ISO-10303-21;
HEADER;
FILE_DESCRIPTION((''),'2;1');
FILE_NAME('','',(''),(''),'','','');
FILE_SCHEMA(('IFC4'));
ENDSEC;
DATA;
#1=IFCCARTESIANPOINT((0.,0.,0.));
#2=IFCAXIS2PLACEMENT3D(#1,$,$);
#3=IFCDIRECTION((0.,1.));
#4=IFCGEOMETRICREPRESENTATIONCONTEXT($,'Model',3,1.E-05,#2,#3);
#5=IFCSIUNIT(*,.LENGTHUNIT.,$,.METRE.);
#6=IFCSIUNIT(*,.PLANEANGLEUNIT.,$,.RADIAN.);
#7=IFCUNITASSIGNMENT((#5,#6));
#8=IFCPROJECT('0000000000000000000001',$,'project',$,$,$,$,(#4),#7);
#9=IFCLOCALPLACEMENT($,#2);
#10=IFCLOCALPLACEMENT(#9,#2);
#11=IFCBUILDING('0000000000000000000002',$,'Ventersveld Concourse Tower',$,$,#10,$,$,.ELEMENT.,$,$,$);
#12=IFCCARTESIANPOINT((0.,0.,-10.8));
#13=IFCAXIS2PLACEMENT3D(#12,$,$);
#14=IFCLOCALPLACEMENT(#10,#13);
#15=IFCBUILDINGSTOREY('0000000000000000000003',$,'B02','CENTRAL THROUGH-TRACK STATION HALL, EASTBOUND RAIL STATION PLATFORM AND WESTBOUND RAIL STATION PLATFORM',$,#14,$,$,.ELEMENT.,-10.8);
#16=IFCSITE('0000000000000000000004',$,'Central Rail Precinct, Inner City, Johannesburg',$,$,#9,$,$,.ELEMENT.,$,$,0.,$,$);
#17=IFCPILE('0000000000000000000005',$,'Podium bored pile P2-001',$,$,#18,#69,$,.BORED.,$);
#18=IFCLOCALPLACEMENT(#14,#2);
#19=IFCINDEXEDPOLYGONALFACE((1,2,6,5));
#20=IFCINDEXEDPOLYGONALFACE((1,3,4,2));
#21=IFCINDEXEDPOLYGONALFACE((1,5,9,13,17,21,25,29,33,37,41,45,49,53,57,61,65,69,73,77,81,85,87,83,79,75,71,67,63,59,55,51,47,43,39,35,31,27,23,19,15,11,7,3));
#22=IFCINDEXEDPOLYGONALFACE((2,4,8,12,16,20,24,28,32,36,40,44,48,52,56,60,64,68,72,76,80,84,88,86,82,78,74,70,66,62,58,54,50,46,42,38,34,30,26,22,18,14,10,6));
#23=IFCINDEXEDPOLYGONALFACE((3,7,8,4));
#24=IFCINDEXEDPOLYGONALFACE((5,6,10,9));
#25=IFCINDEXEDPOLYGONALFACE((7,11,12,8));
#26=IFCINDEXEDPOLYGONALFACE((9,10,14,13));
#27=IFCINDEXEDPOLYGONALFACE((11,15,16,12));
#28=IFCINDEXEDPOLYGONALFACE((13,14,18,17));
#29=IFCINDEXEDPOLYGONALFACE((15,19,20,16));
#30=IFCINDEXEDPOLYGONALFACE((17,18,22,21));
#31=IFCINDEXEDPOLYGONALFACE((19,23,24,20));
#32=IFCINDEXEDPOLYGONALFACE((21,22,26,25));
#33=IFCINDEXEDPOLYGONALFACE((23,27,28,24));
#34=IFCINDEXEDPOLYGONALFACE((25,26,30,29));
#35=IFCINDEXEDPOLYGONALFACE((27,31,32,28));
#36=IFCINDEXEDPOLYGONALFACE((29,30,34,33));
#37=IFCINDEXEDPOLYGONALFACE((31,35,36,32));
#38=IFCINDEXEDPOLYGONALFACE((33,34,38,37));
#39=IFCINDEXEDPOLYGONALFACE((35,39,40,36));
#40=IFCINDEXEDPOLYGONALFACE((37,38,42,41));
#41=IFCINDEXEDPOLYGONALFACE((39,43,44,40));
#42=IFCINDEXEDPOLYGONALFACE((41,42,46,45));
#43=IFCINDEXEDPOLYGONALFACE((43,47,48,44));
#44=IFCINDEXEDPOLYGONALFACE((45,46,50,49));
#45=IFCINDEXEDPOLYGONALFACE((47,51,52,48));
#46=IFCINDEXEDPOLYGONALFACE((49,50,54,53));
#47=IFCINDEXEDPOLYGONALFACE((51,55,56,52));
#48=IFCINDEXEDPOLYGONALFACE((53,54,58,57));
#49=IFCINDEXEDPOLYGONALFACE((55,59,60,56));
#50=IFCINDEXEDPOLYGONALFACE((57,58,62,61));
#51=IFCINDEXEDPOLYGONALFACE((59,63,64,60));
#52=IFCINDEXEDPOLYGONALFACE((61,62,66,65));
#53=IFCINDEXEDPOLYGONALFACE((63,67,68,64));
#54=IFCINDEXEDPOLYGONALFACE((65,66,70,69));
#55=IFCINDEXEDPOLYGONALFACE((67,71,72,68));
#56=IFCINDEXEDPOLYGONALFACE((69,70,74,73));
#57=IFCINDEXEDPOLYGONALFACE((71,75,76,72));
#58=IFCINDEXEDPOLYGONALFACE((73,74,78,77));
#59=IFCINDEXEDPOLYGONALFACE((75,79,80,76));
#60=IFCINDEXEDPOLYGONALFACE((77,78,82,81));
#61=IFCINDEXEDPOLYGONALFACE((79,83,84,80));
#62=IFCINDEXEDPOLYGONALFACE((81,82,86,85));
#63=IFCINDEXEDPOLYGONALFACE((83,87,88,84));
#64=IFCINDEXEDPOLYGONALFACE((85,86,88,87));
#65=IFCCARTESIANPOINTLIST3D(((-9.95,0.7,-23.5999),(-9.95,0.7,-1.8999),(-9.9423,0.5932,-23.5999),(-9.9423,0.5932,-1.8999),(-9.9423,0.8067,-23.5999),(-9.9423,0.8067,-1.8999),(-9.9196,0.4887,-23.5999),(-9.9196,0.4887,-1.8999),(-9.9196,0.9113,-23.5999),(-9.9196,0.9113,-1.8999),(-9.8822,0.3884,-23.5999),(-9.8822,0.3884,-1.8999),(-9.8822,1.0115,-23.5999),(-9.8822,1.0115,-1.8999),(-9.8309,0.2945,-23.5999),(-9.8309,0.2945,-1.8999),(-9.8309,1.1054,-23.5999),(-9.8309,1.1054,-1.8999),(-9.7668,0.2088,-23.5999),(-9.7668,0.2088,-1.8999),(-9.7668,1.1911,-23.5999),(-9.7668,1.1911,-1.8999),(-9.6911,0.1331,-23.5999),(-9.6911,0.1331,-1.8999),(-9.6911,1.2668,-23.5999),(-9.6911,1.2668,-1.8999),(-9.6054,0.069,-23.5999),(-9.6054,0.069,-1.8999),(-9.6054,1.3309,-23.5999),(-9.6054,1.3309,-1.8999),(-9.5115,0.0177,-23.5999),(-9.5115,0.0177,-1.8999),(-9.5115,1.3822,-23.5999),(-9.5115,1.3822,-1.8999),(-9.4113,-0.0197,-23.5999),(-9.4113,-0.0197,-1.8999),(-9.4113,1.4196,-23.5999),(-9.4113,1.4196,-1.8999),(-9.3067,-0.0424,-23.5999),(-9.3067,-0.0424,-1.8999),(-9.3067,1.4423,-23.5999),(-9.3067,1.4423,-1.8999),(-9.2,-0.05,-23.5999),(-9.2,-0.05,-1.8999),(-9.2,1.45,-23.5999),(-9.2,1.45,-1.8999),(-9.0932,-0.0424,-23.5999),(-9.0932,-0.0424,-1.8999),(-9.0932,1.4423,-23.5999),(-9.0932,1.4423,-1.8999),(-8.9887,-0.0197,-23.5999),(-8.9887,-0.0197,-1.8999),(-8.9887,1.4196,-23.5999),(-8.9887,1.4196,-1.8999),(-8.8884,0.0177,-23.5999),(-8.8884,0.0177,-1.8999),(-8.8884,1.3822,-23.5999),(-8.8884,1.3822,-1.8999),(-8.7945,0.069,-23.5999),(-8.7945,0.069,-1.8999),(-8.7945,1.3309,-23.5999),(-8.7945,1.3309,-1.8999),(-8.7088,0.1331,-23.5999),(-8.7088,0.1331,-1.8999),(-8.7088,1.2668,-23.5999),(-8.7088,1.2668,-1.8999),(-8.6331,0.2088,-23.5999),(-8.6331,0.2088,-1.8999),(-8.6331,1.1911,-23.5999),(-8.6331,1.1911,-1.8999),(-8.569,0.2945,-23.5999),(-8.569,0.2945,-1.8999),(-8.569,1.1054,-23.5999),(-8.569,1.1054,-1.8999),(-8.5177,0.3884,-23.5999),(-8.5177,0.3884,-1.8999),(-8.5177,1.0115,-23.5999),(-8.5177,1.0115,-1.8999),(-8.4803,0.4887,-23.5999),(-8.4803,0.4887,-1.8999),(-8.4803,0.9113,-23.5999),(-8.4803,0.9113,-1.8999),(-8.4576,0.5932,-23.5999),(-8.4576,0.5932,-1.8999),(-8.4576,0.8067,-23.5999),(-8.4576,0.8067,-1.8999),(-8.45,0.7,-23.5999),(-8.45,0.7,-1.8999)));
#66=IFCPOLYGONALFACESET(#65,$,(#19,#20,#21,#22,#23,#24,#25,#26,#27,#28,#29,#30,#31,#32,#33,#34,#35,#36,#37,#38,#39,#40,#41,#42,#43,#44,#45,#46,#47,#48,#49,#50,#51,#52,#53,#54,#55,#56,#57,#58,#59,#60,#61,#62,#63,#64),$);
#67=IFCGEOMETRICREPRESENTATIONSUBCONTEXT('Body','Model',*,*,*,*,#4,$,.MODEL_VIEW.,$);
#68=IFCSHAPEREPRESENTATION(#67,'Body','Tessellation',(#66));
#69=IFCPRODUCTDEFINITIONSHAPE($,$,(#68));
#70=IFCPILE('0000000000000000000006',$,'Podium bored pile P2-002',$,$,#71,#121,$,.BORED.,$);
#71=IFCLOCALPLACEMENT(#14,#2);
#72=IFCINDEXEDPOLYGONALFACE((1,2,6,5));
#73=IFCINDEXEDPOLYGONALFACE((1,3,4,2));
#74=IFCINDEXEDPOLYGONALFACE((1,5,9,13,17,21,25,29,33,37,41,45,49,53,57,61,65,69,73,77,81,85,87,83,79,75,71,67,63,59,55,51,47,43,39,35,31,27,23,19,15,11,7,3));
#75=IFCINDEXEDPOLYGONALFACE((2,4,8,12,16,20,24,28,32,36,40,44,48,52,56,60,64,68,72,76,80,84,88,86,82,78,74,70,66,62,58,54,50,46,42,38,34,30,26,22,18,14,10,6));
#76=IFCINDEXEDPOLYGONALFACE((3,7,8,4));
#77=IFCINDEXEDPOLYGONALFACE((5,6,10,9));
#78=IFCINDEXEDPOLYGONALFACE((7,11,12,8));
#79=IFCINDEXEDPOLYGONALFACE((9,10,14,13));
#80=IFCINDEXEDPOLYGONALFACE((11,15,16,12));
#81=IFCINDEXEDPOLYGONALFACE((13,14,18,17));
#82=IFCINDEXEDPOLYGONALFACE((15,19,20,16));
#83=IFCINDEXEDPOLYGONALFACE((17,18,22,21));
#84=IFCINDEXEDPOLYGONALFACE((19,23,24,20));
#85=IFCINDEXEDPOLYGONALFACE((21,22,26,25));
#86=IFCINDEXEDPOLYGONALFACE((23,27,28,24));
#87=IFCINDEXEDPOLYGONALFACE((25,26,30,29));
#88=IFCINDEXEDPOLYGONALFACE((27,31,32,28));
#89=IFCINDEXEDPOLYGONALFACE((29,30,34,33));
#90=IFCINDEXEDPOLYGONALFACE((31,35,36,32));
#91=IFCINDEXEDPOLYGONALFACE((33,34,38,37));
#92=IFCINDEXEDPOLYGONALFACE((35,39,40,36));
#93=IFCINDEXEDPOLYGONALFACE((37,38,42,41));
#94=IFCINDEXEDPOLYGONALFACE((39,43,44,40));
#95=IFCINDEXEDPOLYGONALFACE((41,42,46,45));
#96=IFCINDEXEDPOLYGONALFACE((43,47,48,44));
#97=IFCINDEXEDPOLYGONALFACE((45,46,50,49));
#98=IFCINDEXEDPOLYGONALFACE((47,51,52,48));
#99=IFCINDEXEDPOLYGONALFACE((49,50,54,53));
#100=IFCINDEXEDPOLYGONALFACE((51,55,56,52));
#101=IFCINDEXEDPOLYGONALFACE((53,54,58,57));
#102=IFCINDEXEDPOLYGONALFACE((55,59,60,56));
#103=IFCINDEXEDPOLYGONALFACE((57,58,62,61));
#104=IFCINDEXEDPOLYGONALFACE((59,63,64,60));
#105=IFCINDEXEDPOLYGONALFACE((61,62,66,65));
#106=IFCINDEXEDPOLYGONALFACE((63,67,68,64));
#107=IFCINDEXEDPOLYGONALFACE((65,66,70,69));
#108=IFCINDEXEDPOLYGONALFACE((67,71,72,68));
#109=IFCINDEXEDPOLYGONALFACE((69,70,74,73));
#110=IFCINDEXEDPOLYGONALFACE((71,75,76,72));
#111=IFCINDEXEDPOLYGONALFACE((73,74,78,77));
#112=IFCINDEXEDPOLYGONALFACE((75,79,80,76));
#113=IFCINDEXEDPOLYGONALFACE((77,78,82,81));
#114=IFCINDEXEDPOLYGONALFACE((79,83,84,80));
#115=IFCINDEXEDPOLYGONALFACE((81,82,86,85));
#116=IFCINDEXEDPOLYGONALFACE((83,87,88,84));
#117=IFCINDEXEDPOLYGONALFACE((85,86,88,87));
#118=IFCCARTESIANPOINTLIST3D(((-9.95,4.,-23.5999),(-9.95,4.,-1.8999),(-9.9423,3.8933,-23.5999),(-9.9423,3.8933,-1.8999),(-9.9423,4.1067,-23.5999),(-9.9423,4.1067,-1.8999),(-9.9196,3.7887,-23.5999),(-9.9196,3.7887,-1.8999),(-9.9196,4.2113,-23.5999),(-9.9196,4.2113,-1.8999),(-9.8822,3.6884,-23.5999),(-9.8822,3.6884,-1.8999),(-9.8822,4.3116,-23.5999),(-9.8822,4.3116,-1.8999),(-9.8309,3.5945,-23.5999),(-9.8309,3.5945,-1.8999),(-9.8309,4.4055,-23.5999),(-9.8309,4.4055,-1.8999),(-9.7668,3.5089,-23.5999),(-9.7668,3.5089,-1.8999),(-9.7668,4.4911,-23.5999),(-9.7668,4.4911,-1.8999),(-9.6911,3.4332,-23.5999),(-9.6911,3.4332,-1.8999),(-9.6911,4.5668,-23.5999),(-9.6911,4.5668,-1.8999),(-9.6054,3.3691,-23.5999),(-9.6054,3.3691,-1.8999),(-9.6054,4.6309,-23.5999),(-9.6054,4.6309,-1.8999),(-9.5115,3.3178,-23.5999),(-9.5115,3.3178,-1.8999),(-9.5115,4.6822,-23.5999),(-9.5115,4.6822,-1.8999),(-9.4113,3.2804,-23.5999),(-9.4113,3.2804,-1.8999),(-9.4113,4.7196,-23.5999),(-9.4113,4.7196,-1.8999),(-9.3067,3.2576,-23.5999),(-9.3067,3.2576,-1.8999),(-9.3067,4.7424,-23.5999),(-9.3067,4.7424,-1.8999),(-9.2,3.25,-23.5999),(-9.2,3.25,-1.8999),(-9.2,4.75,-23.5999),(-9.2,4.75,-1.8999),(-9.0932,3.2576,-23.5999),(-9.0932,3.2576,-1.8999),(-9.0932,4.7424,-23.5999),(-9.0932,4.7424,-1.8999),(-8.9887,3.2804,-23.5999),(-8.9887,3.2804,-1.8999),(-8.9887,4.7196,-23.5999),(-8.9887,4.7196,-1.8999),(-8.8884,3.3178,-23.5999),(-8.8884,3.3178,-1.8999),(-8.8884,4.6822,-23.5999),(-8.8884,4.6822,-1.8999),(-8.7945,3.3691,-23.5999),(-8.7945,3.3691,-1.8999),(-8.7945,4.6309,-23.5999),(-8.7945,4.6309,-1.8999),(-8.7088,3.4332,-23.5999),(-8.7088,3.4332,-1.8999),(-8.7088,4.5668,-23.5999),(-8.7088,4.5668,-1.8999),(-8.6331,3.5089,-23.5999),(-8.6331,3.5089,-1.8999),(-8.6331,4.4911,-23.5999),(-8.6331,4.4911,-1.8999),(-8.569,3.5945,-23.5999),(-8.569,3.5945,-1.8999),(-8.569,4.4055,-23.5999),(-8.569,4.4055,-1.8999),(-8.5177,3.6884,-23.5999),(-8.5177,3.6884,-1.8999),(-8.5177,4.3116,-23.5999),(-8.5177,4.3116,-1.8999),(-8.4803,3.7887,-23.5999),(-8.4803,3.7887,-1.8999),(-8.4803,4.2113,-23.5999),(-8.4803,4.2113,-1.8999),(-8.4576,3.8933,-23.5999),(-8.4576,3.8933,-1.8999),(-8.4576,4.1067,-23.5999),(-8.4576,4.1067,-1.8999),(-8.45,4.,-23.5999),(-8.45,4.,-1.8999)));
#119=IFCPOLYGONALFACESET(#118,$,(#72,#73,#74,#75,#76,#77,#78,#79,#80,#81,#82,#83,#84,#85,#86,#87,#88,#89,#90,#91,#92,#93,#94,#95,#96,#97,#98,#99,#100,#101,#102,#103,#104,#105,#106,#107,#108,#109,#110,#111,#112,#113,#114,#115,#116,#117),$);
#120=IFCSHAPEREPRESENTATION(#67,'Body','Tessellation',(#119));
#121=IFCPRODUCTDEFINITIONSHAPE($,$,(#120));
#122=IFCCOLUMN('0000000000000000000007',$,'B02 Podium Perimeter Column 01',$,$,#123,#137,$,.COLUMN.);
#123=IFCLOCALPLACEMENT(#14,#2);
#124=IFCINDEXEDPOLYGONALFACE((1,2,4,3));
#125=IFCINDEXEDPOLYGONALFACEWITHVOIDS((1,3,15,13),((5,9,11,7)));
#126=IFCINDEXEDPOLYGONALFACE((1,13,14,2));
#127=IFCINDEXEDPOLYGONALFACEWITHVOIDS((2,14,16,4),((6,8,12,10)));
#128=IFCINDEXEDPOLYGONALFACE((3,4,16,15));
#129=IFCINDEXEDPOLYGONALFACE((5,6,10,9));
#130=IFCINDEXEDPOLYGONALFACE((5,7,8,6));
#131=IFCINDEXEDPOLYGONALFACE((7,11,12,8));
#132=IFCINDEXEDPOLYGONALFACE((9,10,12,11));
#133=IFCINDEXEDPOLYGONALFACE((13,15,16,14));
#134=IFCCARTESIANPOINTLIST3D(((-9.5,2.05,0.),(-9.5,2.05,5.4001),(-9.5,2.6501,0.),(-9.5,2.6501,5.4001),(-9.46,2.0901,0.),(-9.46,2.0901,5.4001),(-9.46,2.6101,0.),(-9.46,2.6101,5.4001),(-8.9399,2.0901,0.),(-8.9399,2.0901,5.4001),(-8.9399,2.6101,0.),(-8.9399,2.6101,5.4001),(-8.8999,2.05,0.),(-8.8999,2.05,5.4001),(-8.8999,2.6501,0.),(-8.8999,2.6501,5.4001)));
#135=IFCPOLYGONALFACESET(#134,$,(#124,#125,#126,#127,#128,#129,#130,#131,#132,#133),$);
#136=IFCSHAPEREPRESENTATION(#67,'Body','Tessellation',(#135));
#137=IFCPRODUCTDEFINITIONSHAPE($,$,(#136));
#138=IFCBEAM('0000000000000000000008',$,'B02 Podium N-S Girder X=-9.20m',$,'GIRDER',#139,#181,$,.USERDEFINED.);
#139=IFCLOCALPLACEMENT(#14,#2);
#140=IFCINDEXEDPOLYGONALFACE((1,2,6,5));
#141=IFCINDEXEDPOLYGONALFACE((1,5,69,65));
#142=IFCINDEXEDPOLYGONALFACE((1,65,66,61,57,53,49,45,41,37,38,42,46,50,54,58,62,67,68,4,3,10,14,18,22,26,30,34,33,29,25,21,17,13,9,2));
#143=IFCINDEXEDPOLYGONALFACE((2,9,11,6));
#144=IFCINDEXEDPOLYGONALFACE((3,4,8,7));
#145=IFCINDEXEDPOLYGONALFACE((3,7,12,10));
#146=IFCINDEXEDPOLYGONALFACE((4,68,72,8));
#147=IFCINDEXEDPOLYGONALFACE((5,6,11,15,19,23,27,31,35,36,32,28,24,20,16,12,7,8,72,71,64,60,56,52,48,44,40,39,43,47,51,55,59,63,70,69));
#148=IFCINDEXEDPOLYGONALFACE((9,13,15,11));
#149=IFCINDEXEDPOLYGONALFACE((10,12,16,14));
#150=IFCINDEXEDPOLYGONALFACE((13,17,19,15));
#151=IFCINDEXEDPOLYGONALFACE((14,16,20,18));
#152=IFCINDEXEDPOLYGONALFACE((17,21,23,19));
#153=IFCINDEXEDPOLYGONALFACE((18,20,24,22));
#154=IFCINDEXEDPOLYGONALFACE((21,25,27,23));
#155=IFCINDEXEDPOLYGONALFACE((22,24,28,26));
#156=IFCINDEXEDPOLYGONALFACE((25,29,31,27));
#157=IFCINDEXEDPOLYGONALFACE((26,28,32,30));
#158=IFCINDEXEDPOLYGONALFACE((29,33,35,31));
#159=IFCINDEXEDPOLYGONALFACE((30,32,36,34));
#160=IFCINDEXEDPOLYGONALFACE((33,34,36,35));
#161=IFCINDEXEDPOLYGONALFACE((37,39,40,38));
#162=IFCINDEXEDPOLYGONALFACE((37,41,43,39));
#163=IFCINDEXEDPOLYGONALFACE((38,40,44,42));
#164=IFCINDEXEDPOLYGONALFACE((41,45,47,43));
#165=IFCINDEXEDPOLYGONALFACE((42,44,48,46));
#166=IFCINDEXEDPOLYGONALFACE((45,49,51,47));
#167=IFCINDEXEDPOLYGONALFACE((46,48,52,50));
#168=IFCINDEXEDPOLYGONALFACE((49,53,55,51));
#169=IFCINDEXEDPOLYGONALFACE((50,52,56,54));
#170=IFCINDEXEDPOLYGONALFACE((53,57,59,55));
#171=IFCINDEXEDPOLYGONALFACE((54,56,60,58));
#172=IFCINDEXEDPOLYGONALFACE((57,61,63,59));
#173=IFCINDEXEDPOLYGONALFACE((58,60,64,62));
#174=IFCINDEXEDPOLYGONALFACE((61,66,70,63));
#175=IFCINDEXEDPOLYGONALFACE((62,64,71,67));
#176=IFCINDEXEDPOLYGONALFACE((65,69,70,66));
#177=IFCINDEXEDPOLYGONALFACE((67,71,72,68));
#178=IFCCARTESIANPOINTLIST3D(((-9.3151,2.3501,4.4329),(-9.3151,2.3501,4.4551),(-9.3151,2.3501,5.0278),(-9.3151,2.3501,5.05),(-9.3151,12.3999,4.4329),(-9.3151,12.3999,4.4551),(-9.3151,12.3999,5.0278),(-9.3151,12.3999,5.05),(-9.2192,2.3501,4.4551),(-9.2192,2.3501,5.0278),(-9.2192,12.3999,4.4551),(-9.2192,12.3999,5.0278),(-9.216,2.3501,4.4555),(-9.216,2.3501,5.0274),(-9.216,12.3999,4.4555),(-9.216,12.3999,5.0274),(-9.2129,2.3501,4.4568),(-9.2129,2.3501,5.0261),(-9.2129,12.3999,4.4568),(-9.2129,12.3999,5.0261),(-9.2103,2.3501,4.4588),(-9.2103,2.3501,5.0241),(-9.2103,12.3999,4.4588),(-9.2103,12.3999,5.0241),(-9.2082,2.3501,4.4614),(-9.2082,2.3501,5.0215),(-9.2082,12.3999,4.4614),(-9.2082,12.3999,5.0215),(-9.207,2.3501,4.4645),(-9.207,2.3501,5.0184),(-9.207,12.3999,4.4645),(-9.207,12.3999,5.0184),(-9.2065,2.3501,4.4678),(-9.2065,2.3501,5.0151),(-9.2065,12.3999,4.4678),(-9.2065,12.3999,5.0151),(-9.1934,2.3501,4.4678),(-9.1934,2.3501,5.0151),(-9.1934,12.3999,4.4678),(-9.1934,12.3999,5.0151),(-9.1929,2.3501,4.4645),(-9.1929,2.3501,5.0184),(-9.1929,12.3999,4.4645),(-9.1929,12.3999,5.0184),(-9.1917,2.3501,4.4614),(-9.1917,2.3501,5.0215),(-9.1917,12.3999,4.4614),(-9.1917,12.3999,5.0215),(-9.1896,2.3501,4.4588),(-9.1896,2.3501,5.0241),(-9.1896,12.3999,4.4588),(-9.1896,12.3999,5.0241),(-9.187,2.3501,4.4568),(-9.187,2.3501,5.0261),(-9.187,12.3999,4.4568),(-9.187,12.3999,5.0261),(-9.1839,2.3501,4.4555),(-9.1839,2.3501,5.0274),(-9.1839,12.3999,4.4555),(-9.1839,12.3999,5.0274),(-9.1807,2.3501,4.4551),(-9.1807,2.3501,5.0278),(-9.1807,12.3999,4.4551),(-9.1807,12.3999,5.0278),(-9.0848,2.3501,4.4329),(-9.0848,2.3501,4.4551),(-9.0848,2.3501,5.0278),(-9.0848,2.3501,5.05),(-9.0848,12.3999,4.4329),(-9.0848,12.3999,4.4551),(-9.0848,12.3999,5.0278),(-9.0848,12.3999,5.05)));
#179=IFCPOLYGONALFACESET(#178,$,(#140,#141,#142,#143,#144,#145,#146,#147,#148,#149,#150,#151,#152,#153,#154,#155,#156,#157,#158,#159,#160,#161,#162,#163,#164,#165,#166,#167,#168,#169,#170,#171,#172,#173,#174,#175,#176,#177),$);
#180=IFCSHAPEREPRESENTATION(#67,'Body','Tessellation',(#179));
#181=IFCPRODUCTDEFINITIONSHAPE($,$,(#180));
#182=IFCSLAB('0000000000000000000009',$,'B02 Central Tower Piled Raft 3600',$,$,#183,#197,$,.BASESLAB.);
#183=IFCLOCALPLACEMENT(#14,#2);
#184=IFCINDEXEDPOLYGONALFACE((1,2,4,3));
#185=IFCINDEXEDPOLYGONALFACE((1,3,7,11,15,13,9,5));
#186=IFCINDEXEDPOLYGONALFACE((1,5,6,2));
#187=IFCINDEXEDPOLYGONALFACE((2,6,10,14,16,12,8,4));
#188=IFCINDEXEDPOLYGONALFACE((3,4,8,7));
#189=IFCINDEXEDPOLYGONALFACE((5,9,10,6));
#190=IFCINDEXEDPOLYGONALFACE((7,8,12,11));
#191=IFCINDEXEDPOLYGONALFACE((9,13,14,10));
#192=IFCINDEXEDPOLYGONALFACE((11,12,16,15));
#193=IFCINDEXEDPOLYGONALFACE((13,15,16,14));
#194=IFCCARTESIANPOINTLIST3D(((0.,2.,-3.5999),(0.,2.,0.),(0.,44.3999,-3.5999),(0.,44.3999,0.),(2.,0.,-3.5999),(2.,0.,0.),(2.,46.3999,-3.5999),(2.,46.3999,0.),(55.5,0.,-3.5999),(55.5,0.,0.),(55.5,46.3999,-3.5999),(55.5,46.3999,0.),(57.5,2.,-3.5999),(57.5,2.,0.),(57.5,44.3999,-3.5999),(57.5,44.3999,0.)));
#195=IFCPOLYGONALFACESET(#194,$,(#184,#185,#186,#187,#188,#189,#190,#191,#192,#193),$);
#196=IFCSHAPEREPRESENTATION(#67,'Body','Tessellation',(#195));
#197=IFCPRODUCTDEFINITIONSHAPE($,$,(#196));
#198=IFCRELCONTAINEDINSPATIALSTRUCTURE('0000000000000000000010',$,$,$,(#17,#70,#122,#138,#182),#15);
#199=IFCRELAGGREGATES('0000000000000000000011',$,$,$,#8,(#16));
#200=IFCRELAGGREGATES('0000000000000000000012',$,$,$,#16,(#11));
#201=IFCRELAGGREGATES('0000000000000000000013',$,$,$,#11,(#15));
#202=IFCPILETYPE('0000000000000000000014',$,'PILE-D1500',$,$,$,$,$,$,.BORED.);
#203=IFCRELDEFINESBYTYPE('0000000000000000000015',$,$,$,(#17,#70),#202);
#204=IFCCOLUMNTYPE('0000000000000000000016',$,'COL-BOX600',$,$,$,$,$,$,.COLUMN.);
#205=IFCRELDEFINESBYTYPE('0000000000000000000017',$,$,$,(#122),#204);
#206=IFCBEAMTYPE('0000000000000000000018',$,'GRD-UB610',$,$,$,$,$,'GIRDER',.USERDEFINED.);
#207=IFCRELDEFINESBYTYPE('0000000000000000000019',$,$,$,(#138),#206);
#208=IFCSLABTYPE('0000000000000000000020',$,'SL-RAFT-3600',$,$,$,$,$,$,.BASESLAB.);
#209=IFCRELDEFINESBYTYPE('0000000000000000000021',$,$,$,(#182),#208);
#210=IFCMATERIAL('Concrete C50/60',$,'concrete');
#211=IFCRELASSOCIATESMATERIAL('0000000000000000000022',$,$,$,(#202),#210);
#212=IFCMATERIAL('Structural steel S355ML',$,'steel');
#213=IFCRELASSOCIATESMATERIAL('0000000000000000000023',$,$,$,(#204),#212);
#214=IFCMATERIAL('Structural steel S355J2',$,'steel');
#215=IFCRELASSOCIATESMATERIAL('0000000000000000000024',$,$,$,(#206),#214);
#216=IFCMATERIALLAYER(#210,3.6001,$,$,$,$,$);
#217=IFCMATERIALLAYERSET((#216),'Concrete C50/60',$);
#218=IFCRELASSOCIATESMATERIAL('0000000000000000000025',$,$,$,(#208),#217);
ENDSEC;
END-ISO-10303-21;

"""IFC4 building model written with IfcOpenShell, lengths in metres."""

from ifc_helpers import new_model, si_unit, direction, frame, origin, origin_2d, place, context, subcontext, project, spatial, polyline, hollow_rectangle, circle, i_section, outline, extrude, material, layer, layer_set, material_profile, profile_set, type_object, element, save


model = new_model("IFC4")

# Units and contexts
model_context = context("Model", 3, precision=1e-05, world=origin(), true_north=direction((0.0, 1.0)))
body_context = subcontext(model_context, "Body", "Model", "MODEL_VIEW")
ifc_project = project(units=[si_unit("LENGTHUNIT", "METRE"), si_unit("PLANEANGLEUNIT", "RADIAN")], contexts=[model_context])

# Site, building, storey
site_placement = place(None, origin())
site = spatial("IfcSite", under=ifc_project, at=site_placement, Name="Central Rail Precinct, Inner City, Johannesburg", CompositionType="ELEMENT", RefElevation=0.0)
building_placement = place(site_placement, origin())
building = spatial("IfcBuilding", under=site, at=building_placement, Name="Ventersveld Concourse Tower", CompositionType="ELEMENT")
storey_placement = place(building_placement, frame((0.0, 0.0, -10.8)))
storey = spatial("IfcBuildingStorey", under=building, at=storey_placement, Name="B02", Description="CENTRAL THROUGH-TRACK STATION HALL, EASTBOUND RAIL STATION PLATFORM AND WESTBOUND RAIL STATION PLATFORM", CompositionType="ELEMENT", Elevation=-10.8)

# Shared definitions
ifc_material_1 = material(Name="Concrete C50/60", Category="concrete")

# Piles
ifc_material_profile_1 = material_profile(ifc_material_1, circle(Radius=0.75, at=origin_2d()), Name="PILE D1500")
ifc_profile_set_1 = profile_set([ifc_material_profile_1], Name="Concrete C50/60")
pile_type = type_object("IfcPileType", Name="PILE-D1500", PredefinedType="BORED", material=ifc_profile_set_1)
for number, where, z_axis, x_axis, name in (
    (1, (-9.2, 0.7, -1.8999), (0.0, 0.0, -1.0), (1.0, 0.0, 0.0), "Podium bored pile P2-001"),
    (2, (-9.2, 4.0, -1.8999), (0.0, 0.0, -1.0), (1.0, 0.0, 0.0), "Podium bored pile P2-002"),
):
    element("IfcPile", number, at=place(storey_placement, frame(where, z_axis=z_axis, x_axis=x_axis)), inside=storey, type_object=pile_type, Name=name, PredefinedType="BORED", context=body_context, shape_type="SweptSolid", body=[
        extrude(circle(Radius=0.75, at=origin_2d()), origin(), (0.0, 0.0, 1.0), 21.7),
    ])

# Column
ifc_material_2 = material(Name="Structural steel S355ML", Category="steel")
ifc_material_profile_2 = material_profile(ifc_material_2, hollow_rectangle(XDim=0.6001, YDim=0.6001, WallThickness=0.04, at=origin_2d()), Name="BOX 600x600x40")
ifc_profile_set_2 = profile_set([ifc_material_profile_2], Name="Structural steel S355ML")
column_type = type_object("IfcColumnType", Name="COL-BOX600", PredefinedType="COLUMN", material=ifc_profile_set_2)
column_placement = place(storey_placement, frame((-9.2, 2.3501, 0.0), z_axis=(0.0, 0.0, 1.0), x_axis=(1.0, 0.0, 0.0)))
element("IfcColumn", 3, at=column_placement, inside=storey, type_object=column_type, Name="B02 Podium Perimeter Column 01", PredefinedType="COLUMN", context=body_context, shape_type="SweptSolid", body=[
    extrude(hollow_rectangle(XDim=0.6001, YDim=0.6001, WallThickness=0.04, at=origin_2d()), origin(), (0.0, 0.0, 1.0), 5.4001),
])

# Beam
ifc_material_3 = material(Name="Structural steel S355J2", Category="steel")
ifc_material_profile_3 = material_profile(ifc_material_3, i_section(OverallWidth=0.2302, OverallDepth=0.6172, WebThickness=0.0132, FlangeThickness=0.0222, FilletRadius=0.0127, at=origin_2d()), Name="UB 610x229x140")
ifc_profile_set_3 = profile_set([ifc_material_profile_3], Name="Structural steel S355J2")
beam_type = type_object("IfcBeamType", Name="GRD-UB610", ElementType="GIRDER", PredefinedType="USERDEFINED", material=ifc_profile_set_3)
beam_placement = place(storey_placement, frame((-9.2, 2.3501, 4.7415), z_axis=(0.0, 1.0, 0.0), x_axis=(-1.0, 0.0, 0.0)))
element("IfcBeam", 4, at=beam_placement, inside=storey, type_object=beam_type, Name="B02 Podium N-S Girder X=-9.20m", ObjectType="GIRDER", PredefinedType="USERDEFINED", context=body_context, shape_type="SweptSolid", body=[
    extrude(i_section(OverallWidth=0.2302, OverallDepth=0.6172, WebThickness=0.0132, FlangeThickness=0.0222, FilletRadius=0.0127, at=origin_2d()), origin(), (0.0, 0.0, 1.0), 10.0498),
])

# Slab
ifc_layer_1 = layer(ifc_material_1, 3.6001)
ifc_layer_set_1 = layer_set([ifc_layer_1], Name="Concrete C50/60")
slab_type = type_object("IfcSlabType", Name="SL-RAFT-3600", PredefinedType="BASESLAB", material=ifc_layer_set_1)
slab_placement = place(storey_placement, frame((0.0, 0.0, -3.5999)))
element("IfcSlab", 5, at=slab_placement, inside=storey, type_object=slab_type, Name="B02 Central Tower Piled Raft 3600", PredefinedType="BASESLAB", context=body_context, shape_type="SweptSolid", body=[
    extrude(outline(polyline([(2.0, 0.0), (55.5, 0.0), (57.5, 2.0), (57.5, 44.3999), (55.5, 46.3999), (2.0, 46.3999), (0.0, 44.3999), (0.0, 2.0), (2.0, 0.0)])), origin(), (0.0, 0.0, 1.0), 3.5999),
])

save(model, "model.ifc")
